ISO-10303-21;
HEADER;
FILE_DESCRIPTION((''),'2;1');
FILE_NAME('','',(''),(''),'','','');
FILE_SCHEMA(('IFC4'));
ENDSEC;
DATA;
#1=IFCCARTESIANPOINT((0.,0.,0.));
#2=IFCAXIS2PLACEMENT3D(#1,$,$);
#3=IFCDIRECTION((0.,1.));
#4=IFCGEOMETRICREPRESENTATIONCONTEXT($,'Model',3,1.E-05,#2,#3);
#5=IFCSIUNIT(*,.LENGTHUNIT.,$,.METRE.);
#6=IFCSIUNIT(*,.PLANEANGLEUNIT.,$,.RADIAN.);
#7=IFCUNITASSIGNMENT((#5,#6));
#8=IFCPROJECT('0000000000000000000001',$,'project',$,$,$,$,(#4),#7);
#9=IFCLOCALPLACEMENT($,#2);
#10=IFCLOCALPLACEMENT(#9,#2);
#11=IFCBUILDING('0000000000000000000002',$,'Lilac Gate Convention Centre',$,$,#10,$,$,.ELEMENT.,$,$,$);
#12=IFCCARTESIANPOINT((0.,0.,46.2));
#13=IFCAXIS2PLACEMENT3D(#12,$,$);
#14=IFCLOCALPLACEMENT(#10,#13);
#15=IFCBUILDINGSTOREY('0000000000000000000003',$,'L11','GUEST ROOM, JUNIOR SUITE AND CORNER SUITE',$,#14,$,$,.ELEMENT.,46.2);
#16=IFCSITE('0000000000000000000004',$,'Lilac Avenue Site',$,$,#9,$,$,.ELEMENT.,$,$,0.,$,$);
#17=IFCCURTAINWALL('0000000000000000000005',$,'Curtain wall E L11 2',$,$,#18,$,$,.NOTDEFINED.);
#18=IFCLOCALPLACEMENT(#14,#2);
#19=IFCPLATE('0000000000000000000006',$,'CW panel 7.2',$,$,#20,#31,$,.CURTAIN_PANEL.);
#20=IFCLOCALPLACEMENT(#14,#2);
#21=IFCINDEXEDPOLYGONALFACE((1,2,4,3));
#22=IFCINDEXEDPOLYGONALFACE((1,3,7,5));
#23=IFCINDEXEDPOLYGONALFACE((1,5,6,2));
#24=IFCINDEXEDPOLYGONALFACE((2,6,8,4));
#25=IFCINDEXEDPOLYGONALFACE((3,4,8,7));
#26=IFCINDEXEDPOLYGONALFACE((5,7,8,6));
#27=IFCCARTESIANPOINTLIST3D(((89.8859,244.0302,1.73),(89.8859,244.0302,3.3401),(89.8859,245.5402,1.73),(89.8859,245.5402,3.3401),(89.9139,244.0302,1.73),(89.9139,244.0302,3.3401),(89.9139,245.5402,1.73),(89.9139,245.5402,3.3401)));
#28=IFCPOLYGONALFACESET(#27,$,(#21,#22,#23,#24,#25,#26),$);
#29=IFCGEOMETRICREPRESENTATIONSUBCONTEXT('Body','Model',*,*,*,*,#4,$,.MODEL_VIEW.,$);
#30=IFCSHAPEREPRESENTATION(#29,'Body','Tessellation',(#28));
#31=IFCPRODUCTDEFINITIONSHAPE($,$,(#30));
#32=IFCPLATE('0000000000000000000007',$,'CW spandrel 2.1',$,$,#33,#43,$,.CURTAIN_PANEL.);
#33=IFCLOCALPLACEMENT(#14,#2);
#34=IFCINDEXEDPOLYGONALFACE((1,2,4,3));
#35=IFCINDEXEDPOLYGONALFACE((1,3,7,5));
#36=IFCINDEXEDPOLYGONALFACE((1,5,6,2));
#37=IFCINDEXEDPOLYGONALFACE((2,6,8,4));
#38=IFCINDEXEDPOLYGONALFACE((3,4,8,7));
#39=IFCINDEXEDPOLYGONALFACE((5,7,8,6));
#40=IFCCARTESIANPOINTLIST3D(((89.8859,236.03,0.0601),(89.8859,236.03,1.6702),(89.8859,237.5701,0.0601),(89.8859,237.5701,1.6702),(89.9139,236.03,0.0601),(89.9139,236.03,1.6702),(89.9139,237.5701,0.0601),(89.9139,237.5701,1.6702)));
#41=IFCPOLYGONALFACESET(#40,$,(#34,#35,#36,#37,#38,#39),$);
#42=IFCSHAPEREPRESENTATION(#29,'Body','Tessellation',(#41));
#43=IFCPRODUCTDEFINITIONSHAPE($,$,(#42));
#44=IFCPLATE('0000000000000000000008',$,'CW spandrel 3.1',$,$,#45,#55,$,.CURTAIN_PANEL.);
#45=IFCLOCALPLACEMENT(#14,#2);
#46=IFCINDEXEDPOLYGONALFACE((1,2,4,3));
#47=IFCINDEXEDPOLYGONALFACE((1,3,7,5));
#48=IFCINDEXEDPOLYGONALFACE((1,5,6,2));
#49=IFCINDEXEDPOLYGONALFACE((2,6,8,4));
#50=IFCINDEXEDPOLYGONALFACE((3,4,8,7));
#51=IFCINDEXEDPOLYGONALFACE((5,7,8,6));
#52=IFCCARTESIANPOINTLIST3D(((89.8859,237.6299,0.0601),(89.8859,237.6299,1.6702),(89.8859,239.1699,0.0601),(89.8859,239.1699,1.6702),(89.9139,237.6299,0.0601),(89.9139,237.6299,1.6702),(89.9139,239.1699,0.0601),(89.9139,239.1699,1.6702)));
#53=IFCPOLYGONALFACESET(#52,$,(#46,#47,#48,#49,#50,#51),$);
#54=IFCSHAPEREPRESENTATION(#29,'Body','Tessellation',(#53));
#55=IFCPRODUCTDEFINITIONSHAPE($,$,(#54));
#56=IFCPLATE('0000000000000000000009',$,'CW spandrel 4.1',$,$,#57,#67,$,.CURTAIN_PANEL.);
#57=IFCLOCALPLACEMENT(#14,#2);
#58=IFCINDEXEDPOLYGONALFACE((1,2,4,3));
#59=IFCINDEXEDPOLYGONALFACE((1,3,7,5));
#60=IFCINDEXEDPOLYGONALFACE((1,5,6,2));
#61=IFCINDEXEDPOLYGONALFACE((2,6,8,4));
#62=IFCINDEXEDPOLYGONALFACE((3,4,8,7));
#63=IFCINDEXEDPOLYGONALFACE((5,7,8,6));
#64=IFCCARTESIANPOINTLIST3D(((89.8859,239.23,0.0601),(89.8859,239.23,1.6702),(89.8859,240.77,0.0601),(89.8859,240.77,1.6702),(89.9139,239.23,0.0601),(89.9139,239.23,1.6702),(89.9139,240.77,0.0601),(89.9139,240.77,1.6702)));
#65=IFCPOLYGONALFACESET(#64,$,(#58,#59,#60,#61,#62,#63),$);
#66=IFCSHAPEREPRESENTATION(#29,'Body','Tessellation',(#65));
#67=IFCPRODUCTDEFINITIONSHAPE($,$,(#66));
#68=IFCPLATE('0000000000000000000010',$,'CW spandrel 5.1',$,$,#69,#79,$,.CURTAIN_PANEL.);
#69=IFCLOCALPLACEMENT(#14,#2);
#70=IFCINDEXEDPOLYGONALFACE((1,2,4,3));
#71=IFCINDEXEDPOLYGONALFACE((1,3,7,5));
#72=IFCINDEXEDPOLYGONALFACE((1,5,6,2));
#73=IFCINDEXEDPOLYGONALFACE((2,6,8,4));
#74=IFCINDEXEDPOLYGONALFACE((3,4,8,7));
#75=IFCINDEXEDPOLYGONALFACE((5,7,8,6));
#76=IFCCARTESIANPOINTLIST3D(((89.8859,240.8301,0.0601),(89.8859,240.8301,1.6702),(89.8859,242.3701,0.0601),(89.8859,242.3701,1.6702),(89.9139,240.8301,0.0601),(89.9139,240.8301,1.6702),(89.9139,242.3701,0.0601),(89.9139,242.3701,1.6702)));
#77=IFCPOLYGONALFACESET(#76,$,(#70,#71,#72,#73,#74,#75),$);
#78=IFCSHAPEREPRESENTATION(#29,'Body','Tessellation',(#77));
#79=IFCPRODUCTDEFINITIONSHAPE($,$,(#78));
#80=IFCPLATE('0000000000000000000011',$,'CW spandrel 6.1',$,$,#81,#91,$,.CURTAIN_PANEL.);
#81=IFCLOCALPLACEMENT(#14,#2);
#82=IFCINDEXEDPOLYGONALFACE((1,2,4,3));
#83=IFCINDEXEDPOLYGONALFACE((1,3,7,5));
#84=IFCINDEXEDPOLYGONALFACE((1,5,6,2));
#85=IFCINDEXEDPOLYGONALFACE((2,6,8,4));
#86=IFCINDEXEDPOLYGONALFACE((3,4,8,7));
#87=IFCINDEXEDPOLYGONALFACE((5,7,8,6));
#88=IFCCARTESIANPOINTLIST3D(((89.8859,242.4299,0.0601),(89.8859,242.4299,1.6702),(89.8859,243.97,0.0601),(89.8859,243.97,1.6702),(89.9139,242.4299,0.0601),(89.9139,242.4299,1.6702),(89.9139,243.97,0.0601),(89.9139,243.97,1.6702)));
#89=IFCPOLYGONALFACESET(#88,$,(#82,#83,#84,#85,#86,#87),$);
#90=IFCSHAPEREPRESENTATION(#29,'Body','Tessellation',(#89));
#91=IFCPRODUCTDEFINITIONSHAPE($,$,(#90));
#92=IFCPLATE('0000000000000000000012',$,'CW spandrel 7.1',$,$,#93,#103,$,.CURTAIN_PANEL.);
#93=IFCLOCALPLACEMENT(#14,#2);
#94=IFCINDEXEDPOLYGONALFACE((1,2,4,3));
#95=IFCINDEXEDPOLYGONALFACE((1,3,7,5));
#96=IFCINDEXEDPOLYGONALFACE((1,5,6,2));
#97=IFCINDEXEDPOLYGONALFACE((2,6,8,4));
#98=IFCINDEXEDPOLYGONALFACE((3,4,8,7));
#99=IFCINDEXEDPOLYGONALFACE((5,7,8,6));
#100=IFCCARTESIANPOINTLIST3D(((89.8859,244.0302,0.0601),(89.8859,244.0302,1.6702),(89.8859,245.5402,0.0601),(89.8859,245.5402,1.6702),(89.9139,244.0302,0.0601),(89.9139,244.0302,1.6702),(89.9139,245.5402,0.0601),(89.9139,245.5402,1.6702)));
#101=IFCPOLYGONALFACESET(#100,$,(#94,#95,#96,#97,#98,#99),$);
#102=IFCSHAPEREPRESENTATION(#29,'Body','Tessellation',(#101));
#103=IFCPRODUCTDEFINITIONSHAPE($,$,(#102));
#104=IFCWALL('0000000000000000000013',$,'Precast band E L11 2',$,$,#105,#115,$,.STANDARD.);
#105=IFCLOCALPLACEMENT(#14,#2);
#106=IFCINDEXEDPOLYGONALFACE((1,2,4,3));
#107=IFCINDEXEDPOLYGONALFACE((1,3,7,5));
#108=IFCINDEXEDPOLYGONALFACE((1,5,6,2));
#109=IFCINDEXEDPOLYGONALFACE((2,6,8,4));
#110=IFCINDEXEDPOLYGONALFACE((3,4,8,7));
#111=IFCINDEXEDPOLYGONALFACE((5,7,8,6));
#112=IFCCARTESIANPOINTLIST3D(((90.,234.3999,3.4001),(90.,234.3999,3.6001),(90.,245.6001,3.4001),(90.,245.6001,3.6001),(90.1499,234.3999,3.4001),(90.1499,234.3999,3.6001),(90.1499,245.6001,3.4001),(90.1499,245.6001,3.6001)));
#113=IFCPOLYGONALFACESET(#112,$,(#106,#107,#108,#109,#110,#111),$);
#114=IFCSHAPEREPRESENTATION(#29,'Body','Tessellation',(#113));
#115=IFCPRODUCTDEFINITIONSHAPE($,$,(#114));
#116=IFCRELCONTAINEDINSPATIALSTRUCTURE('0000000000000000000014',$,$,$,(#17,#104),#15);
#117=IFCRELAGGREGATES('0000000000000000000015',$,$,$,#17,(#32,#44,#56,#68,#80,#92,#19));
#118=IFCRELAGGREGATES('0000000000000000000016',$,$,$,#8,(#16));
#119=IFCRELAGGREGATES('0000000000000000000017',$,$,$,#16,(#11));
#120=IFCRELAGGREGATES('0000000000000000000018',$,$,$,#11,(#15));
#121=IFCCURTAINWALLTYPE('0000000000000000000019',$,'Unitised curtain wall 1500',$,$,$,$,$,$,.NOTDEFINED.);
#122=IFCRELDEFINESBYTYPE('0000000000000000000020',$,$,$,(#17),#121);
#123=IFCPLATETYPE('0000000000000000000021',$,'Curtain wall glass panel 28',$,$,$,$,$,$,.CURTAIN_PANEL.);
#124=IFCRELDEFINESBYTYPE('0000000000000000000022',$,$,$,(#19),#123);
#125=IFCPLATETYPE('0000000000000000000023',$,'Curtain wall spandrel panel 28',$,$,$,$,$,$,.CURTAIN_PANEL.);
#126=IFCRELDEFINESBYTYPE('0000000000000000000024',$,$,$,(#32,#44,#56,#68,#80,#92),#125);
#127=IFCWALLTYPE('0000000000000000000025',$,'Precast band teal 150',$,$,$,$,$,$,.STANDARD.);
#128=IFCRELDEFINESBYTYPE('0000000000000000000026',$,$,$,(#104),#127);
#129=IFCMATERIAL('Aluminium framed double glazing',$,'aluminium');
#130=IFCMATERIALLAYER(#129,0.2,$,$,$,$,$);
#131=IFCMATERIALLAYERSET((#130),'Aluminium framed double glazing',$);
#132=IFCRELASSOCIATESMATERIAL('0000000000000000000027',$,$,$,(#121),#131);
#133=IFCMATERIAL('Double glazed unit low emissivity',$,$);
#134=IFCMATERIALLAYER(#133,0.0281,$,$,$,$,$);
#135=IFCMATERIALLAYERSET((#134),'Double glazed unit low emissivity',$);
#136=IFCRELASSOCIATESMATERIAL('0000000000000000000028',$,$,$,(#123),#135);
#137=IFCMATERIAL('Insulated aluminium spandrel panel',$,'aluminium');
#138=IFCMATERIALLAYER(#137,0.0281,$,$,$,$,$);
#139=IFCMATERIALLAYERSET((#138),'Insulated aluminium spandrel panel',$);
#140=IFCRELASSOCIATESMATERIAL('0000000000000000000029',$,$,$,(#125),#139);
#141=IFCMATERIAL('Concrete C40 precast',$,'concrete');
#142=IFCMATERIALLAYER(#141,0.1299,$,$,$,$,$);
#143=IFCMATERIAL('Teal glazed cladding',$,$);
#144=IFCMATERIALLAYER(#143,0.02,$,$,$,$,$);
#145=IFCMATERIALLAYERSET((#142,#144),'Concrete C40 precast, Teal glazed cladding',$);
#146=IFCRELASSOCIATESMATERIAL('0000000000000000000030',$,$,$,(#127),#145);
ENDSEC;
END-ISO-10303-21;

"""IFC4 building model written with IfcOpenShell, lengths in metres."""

from ifc_helpers import new_model, si_unit, direction, frame, frame_2d, origin, origin_2d, place, context, subcontext, project, spatial, rectangle, extrude, material, layer, layer_set, type_object, element, aggregate, save


model = new_model("IFC4")

# Units and contexts
model_context = context("Model", 3, precision=1e-05, world=origin(), true_north=direction((0.0, 1.0)))
body_context = subcontext(model_context, "Body", "Model", "MODEL_VIEW")
ifc_project = project(units=[si_unit("LENGTHUNIT", "METRE"), si_unit("PLANEANGLEUNIT", "RADIAN")], contexts=[model_context])

# Site, building, storey
site_placement = place(None, origin())
site = spatial("IfcSite", under=ifc_project, at=site_placement, Name="Lilac Avenue Site", CompositionType="ELEMENT", RefElevation=0.0)
building_placement = place(site_placement, origin())
building = spatial("IfcBuilding", under=site, at=building_placement, Name="Lilac Gate Convention Centre", CompositionType="ELEMENT")
storey_placement = place(building_placement, frame((0.0, 0.0, 46.2)))
storey = spatial("IfcBuildingStorey", under=building, at=storey_placement, Name="L11", Description="GUEST ROOM, JUNIOR SUITE AND CORNER SUITE", CompositionType="ELEMENT", Elevation=46.2)

# Curtain wall
ifc_material_1 = material(Name="Aluminium framed double glazing", Category="aluminium")
ifc_layer_1 = layer(ifc_material_1, 0.2)
ifc_layer_set_1 = layer_set([ifc_layer_1], Name="Aluminium framed double glazing")
curtain_wall_type = type_object("IfcCurtainWallType", Name="Unitised curtain wall 1500", PredefinedType="NOTDEFINED", material=ifc_layer_set_1)
curtain_wall_placement = place(storey_placement, origin())
curtain_wall = element("IfcCurtainWall", 1, at=curtain_wall_placement, inside=storey, type_object=curtain_wall_type, Name="Curtain wall E L11 2", PredefinedType="NOTDEFINED")

# Plates
ifc_material_2 = material(Name="Double glazed unit low emissivity")
ifc_layer_2 = layer(ifc_material_2, 0.0281)
ifc_layer_set_2 = layer_set([ifc_layer_2], Name="Double glazed unit low emissivity")
plate_type_1 = type_object("IfcPlateType", Name="Curtain wall glass panel 28", PredefinedType="CURTAIN_PANEL", material=ifc_layer_set_2)
plate_1_placement = place(storey_placement, frame((89.8999, 244.7852, 1.73), z_axis=(0.0, 0.0, 1.0), x_axis=(0.0, 1.0, 0.0)))
plate_1 = element("IfcPlate", 2, at=plate_1_placement, type_object=plate_type_1, Name="CW panel 7.2", PredefinedType="CURTAIN_PANEL", context=body_context, shape_type="SweptSolid", body=[
    extrude(rectangle(XDim=1.51, YDim=0.0281, at=origin_2d()), origin(), (0.0, 0.0, 1.0), 1.6101),
])
ifc_material_3 = material(Name="Insulated aluminium spandrel panel", Category="aluminium")
ifc_layer_3 = layer(ifc_material_3, 0.0281)
ifc_layer_set_3 = layer_set([ifc_layer_3], Name="Insulated aluminium spandrel panel")
plate_type_2 = type_object("IfcPlateType", Name="Curtain wall spandrel panel 28", PredefinedType="CURTAIN_PANEL", material=ifc_layer_set_3)
plate_2_placement = place(storey_placement, frame((89.8999, 236.8, 0.0601), z_axis=(0.0, 0.0, 1.0), x_axis=(0.0, 1.0, 0.0)))
plate_2 = element("IfcPlate", 3, at=plate_2_placement, type_object=plate_type_2, Name="CW spandrel 2.1", PredefinedType="CURTAIN_PANEL", context=body_context, shape_type="SweptSolid", body=[
    extrude(rectangle(XDim=1.54, YDim=0.0281, at=origin_2d()), origin(), (0.0, 0.0, 1.0), 1.6101),
])
plate_3_placement = place(storey_placement, frame((89.8999, 238.3999, 0.0601), z_axis=(0.0, 0.0, 1.0), x_axis=(0.0, 1.0, 0.0)))
plate_3 = element("IfcPlate", 4, at=plate_3_placement, type_object=plate_type_2, Name="CW spandrel 3.1", PredefinedType="CURTAIN_PANEL", context=body_context, shape_type="SweptSolid", body=[
    extrude(rectangle(XDim=1.54, YDim=0.0281, at=origin_2d()), origin(), (0.0, 0.0, 1.0), 1.6101),
])
plate_4_placement = place(storey_placement, frame((89.8999, 240.0, 0.0601), z_axis=(0.0, 0.0, 1.0), x_axis=(0.0, 1.0, 0.0)))
plate_4 = element("IfcPlate", 5, at=plate_4_placement, type_object=plate_type_2, Name="CW spandrel 4.1", PredefinedType="CURTAIN_PANEL", context=body_context, shape_type="SweptSolid", body=[
    extrude(rectangle(XDim=1.54, YDim=0.0281, at=origin_2d()), origin(), (0.0, 0.0, 1.0), 1.6101),
])
plate_5_placement = place(storey_placement, frame((89.8999, 241.6001, 0.0601), z_axis=(0.0, 0.0, 1.0), x_axis=(0.0, 1.0, 0.0)))
plate_5 = element("IfcPlate", 6, at=plate_5_placement, type_object=plate_type_2, Name="CW spandrel 5.1", PredefinedType="CURTAIN_PANEL", context=body_context, shape_type="SweptSolid", body=[
    extrude(rectangle(XDim=1.54, YDim=0.0281, at=origin_2d()), origin(), (0.0, 0.0, 1.0), 1.6101),
])
plate_6_placement = place(storey_placement, frame((89.8999, 243.2, 0.0601), z_axis=(0.0, 0.0, 1.0), x_axis=(0.0, 1.0, 0.0)))
plate_6 = element("IfcPlate", 7, at=plate_6_placement, type_object=plate_type_2, Name="CW spandrel 6.1", PredefinedType="CURTAIN_PANEL", context=body_context, shape_type="SweptSolid", body=[
    extrude(rectangle(XDim=1.54, YDim=0.0281, at=origin_2d()), origin(), (0.0, 0.0, 1.0), 1.6101),
])
plate_7_placement = place(storey_placement, frame((89.8999, 244.7852, 0.0601), z_axis=(0.0, 0.0, 1.0), x_axis=(0.0, 1.0, 0.0)))
plate_7 = element("IfcPlate", 8, at=plate_7_placement, type_object=plate_type_2, Name="CW spandrel 7.1", PredefinedType="CURTAIN_PANEL", context=body_context, shape_type="SweptSolid", body=[
    extrude(rectangle(XDim=1.51, YDim=0.0281, at=origin_2d()), origin(), (0.0, 0.0, 1.0), 1.6101),
])
aggregate(curtain_wall, [plate_2, plate_3, plate_4, plate_5, plate_6, plate_7, plate_1])

# Wall
ifc_material_4 = material(Name="Concrete C40 precast", Category="concrete")
ifc_layer_4 = layer(ifc_material_4, 0.1299)
ifc_material_5 = material(Name="Teal glazed cladding")
ifc_layer_5 = layer(ifc_material_5, 0.02)
ifc_layer_set_4 = layer_set([ifc_layer_4, ifc_layer_5], Name="Concrete C40 precast, Teal glazed cladding")
wall_type = type_object("IfcWallType", Name="Precast band teal 150", PredefinedType="STANDARD", material=ifc_layer_set_4)
wall_placement = place(storey_placement, frame((90.075, 234.3999, 3.4001), z_axis=(0.0, 0.0, 1.0), x_axis=(0.0, 1.0, 0.0)))
element("IfcWall", 9, at=wall_placement, inside=storey, type_object=wall_type, Name="Precast band E L11 2", PredefinedType="STANDARD", context=body_context, shape_type="SweptSolid", body=[
    extrude(rectangle(XDim=11.2002, YDim=0.1499, at=frame_2d((5.6001, 0.0))), origin(), (0.0, 0.0, 1.0), 0.2),
])

save(model, "model.ifc")
